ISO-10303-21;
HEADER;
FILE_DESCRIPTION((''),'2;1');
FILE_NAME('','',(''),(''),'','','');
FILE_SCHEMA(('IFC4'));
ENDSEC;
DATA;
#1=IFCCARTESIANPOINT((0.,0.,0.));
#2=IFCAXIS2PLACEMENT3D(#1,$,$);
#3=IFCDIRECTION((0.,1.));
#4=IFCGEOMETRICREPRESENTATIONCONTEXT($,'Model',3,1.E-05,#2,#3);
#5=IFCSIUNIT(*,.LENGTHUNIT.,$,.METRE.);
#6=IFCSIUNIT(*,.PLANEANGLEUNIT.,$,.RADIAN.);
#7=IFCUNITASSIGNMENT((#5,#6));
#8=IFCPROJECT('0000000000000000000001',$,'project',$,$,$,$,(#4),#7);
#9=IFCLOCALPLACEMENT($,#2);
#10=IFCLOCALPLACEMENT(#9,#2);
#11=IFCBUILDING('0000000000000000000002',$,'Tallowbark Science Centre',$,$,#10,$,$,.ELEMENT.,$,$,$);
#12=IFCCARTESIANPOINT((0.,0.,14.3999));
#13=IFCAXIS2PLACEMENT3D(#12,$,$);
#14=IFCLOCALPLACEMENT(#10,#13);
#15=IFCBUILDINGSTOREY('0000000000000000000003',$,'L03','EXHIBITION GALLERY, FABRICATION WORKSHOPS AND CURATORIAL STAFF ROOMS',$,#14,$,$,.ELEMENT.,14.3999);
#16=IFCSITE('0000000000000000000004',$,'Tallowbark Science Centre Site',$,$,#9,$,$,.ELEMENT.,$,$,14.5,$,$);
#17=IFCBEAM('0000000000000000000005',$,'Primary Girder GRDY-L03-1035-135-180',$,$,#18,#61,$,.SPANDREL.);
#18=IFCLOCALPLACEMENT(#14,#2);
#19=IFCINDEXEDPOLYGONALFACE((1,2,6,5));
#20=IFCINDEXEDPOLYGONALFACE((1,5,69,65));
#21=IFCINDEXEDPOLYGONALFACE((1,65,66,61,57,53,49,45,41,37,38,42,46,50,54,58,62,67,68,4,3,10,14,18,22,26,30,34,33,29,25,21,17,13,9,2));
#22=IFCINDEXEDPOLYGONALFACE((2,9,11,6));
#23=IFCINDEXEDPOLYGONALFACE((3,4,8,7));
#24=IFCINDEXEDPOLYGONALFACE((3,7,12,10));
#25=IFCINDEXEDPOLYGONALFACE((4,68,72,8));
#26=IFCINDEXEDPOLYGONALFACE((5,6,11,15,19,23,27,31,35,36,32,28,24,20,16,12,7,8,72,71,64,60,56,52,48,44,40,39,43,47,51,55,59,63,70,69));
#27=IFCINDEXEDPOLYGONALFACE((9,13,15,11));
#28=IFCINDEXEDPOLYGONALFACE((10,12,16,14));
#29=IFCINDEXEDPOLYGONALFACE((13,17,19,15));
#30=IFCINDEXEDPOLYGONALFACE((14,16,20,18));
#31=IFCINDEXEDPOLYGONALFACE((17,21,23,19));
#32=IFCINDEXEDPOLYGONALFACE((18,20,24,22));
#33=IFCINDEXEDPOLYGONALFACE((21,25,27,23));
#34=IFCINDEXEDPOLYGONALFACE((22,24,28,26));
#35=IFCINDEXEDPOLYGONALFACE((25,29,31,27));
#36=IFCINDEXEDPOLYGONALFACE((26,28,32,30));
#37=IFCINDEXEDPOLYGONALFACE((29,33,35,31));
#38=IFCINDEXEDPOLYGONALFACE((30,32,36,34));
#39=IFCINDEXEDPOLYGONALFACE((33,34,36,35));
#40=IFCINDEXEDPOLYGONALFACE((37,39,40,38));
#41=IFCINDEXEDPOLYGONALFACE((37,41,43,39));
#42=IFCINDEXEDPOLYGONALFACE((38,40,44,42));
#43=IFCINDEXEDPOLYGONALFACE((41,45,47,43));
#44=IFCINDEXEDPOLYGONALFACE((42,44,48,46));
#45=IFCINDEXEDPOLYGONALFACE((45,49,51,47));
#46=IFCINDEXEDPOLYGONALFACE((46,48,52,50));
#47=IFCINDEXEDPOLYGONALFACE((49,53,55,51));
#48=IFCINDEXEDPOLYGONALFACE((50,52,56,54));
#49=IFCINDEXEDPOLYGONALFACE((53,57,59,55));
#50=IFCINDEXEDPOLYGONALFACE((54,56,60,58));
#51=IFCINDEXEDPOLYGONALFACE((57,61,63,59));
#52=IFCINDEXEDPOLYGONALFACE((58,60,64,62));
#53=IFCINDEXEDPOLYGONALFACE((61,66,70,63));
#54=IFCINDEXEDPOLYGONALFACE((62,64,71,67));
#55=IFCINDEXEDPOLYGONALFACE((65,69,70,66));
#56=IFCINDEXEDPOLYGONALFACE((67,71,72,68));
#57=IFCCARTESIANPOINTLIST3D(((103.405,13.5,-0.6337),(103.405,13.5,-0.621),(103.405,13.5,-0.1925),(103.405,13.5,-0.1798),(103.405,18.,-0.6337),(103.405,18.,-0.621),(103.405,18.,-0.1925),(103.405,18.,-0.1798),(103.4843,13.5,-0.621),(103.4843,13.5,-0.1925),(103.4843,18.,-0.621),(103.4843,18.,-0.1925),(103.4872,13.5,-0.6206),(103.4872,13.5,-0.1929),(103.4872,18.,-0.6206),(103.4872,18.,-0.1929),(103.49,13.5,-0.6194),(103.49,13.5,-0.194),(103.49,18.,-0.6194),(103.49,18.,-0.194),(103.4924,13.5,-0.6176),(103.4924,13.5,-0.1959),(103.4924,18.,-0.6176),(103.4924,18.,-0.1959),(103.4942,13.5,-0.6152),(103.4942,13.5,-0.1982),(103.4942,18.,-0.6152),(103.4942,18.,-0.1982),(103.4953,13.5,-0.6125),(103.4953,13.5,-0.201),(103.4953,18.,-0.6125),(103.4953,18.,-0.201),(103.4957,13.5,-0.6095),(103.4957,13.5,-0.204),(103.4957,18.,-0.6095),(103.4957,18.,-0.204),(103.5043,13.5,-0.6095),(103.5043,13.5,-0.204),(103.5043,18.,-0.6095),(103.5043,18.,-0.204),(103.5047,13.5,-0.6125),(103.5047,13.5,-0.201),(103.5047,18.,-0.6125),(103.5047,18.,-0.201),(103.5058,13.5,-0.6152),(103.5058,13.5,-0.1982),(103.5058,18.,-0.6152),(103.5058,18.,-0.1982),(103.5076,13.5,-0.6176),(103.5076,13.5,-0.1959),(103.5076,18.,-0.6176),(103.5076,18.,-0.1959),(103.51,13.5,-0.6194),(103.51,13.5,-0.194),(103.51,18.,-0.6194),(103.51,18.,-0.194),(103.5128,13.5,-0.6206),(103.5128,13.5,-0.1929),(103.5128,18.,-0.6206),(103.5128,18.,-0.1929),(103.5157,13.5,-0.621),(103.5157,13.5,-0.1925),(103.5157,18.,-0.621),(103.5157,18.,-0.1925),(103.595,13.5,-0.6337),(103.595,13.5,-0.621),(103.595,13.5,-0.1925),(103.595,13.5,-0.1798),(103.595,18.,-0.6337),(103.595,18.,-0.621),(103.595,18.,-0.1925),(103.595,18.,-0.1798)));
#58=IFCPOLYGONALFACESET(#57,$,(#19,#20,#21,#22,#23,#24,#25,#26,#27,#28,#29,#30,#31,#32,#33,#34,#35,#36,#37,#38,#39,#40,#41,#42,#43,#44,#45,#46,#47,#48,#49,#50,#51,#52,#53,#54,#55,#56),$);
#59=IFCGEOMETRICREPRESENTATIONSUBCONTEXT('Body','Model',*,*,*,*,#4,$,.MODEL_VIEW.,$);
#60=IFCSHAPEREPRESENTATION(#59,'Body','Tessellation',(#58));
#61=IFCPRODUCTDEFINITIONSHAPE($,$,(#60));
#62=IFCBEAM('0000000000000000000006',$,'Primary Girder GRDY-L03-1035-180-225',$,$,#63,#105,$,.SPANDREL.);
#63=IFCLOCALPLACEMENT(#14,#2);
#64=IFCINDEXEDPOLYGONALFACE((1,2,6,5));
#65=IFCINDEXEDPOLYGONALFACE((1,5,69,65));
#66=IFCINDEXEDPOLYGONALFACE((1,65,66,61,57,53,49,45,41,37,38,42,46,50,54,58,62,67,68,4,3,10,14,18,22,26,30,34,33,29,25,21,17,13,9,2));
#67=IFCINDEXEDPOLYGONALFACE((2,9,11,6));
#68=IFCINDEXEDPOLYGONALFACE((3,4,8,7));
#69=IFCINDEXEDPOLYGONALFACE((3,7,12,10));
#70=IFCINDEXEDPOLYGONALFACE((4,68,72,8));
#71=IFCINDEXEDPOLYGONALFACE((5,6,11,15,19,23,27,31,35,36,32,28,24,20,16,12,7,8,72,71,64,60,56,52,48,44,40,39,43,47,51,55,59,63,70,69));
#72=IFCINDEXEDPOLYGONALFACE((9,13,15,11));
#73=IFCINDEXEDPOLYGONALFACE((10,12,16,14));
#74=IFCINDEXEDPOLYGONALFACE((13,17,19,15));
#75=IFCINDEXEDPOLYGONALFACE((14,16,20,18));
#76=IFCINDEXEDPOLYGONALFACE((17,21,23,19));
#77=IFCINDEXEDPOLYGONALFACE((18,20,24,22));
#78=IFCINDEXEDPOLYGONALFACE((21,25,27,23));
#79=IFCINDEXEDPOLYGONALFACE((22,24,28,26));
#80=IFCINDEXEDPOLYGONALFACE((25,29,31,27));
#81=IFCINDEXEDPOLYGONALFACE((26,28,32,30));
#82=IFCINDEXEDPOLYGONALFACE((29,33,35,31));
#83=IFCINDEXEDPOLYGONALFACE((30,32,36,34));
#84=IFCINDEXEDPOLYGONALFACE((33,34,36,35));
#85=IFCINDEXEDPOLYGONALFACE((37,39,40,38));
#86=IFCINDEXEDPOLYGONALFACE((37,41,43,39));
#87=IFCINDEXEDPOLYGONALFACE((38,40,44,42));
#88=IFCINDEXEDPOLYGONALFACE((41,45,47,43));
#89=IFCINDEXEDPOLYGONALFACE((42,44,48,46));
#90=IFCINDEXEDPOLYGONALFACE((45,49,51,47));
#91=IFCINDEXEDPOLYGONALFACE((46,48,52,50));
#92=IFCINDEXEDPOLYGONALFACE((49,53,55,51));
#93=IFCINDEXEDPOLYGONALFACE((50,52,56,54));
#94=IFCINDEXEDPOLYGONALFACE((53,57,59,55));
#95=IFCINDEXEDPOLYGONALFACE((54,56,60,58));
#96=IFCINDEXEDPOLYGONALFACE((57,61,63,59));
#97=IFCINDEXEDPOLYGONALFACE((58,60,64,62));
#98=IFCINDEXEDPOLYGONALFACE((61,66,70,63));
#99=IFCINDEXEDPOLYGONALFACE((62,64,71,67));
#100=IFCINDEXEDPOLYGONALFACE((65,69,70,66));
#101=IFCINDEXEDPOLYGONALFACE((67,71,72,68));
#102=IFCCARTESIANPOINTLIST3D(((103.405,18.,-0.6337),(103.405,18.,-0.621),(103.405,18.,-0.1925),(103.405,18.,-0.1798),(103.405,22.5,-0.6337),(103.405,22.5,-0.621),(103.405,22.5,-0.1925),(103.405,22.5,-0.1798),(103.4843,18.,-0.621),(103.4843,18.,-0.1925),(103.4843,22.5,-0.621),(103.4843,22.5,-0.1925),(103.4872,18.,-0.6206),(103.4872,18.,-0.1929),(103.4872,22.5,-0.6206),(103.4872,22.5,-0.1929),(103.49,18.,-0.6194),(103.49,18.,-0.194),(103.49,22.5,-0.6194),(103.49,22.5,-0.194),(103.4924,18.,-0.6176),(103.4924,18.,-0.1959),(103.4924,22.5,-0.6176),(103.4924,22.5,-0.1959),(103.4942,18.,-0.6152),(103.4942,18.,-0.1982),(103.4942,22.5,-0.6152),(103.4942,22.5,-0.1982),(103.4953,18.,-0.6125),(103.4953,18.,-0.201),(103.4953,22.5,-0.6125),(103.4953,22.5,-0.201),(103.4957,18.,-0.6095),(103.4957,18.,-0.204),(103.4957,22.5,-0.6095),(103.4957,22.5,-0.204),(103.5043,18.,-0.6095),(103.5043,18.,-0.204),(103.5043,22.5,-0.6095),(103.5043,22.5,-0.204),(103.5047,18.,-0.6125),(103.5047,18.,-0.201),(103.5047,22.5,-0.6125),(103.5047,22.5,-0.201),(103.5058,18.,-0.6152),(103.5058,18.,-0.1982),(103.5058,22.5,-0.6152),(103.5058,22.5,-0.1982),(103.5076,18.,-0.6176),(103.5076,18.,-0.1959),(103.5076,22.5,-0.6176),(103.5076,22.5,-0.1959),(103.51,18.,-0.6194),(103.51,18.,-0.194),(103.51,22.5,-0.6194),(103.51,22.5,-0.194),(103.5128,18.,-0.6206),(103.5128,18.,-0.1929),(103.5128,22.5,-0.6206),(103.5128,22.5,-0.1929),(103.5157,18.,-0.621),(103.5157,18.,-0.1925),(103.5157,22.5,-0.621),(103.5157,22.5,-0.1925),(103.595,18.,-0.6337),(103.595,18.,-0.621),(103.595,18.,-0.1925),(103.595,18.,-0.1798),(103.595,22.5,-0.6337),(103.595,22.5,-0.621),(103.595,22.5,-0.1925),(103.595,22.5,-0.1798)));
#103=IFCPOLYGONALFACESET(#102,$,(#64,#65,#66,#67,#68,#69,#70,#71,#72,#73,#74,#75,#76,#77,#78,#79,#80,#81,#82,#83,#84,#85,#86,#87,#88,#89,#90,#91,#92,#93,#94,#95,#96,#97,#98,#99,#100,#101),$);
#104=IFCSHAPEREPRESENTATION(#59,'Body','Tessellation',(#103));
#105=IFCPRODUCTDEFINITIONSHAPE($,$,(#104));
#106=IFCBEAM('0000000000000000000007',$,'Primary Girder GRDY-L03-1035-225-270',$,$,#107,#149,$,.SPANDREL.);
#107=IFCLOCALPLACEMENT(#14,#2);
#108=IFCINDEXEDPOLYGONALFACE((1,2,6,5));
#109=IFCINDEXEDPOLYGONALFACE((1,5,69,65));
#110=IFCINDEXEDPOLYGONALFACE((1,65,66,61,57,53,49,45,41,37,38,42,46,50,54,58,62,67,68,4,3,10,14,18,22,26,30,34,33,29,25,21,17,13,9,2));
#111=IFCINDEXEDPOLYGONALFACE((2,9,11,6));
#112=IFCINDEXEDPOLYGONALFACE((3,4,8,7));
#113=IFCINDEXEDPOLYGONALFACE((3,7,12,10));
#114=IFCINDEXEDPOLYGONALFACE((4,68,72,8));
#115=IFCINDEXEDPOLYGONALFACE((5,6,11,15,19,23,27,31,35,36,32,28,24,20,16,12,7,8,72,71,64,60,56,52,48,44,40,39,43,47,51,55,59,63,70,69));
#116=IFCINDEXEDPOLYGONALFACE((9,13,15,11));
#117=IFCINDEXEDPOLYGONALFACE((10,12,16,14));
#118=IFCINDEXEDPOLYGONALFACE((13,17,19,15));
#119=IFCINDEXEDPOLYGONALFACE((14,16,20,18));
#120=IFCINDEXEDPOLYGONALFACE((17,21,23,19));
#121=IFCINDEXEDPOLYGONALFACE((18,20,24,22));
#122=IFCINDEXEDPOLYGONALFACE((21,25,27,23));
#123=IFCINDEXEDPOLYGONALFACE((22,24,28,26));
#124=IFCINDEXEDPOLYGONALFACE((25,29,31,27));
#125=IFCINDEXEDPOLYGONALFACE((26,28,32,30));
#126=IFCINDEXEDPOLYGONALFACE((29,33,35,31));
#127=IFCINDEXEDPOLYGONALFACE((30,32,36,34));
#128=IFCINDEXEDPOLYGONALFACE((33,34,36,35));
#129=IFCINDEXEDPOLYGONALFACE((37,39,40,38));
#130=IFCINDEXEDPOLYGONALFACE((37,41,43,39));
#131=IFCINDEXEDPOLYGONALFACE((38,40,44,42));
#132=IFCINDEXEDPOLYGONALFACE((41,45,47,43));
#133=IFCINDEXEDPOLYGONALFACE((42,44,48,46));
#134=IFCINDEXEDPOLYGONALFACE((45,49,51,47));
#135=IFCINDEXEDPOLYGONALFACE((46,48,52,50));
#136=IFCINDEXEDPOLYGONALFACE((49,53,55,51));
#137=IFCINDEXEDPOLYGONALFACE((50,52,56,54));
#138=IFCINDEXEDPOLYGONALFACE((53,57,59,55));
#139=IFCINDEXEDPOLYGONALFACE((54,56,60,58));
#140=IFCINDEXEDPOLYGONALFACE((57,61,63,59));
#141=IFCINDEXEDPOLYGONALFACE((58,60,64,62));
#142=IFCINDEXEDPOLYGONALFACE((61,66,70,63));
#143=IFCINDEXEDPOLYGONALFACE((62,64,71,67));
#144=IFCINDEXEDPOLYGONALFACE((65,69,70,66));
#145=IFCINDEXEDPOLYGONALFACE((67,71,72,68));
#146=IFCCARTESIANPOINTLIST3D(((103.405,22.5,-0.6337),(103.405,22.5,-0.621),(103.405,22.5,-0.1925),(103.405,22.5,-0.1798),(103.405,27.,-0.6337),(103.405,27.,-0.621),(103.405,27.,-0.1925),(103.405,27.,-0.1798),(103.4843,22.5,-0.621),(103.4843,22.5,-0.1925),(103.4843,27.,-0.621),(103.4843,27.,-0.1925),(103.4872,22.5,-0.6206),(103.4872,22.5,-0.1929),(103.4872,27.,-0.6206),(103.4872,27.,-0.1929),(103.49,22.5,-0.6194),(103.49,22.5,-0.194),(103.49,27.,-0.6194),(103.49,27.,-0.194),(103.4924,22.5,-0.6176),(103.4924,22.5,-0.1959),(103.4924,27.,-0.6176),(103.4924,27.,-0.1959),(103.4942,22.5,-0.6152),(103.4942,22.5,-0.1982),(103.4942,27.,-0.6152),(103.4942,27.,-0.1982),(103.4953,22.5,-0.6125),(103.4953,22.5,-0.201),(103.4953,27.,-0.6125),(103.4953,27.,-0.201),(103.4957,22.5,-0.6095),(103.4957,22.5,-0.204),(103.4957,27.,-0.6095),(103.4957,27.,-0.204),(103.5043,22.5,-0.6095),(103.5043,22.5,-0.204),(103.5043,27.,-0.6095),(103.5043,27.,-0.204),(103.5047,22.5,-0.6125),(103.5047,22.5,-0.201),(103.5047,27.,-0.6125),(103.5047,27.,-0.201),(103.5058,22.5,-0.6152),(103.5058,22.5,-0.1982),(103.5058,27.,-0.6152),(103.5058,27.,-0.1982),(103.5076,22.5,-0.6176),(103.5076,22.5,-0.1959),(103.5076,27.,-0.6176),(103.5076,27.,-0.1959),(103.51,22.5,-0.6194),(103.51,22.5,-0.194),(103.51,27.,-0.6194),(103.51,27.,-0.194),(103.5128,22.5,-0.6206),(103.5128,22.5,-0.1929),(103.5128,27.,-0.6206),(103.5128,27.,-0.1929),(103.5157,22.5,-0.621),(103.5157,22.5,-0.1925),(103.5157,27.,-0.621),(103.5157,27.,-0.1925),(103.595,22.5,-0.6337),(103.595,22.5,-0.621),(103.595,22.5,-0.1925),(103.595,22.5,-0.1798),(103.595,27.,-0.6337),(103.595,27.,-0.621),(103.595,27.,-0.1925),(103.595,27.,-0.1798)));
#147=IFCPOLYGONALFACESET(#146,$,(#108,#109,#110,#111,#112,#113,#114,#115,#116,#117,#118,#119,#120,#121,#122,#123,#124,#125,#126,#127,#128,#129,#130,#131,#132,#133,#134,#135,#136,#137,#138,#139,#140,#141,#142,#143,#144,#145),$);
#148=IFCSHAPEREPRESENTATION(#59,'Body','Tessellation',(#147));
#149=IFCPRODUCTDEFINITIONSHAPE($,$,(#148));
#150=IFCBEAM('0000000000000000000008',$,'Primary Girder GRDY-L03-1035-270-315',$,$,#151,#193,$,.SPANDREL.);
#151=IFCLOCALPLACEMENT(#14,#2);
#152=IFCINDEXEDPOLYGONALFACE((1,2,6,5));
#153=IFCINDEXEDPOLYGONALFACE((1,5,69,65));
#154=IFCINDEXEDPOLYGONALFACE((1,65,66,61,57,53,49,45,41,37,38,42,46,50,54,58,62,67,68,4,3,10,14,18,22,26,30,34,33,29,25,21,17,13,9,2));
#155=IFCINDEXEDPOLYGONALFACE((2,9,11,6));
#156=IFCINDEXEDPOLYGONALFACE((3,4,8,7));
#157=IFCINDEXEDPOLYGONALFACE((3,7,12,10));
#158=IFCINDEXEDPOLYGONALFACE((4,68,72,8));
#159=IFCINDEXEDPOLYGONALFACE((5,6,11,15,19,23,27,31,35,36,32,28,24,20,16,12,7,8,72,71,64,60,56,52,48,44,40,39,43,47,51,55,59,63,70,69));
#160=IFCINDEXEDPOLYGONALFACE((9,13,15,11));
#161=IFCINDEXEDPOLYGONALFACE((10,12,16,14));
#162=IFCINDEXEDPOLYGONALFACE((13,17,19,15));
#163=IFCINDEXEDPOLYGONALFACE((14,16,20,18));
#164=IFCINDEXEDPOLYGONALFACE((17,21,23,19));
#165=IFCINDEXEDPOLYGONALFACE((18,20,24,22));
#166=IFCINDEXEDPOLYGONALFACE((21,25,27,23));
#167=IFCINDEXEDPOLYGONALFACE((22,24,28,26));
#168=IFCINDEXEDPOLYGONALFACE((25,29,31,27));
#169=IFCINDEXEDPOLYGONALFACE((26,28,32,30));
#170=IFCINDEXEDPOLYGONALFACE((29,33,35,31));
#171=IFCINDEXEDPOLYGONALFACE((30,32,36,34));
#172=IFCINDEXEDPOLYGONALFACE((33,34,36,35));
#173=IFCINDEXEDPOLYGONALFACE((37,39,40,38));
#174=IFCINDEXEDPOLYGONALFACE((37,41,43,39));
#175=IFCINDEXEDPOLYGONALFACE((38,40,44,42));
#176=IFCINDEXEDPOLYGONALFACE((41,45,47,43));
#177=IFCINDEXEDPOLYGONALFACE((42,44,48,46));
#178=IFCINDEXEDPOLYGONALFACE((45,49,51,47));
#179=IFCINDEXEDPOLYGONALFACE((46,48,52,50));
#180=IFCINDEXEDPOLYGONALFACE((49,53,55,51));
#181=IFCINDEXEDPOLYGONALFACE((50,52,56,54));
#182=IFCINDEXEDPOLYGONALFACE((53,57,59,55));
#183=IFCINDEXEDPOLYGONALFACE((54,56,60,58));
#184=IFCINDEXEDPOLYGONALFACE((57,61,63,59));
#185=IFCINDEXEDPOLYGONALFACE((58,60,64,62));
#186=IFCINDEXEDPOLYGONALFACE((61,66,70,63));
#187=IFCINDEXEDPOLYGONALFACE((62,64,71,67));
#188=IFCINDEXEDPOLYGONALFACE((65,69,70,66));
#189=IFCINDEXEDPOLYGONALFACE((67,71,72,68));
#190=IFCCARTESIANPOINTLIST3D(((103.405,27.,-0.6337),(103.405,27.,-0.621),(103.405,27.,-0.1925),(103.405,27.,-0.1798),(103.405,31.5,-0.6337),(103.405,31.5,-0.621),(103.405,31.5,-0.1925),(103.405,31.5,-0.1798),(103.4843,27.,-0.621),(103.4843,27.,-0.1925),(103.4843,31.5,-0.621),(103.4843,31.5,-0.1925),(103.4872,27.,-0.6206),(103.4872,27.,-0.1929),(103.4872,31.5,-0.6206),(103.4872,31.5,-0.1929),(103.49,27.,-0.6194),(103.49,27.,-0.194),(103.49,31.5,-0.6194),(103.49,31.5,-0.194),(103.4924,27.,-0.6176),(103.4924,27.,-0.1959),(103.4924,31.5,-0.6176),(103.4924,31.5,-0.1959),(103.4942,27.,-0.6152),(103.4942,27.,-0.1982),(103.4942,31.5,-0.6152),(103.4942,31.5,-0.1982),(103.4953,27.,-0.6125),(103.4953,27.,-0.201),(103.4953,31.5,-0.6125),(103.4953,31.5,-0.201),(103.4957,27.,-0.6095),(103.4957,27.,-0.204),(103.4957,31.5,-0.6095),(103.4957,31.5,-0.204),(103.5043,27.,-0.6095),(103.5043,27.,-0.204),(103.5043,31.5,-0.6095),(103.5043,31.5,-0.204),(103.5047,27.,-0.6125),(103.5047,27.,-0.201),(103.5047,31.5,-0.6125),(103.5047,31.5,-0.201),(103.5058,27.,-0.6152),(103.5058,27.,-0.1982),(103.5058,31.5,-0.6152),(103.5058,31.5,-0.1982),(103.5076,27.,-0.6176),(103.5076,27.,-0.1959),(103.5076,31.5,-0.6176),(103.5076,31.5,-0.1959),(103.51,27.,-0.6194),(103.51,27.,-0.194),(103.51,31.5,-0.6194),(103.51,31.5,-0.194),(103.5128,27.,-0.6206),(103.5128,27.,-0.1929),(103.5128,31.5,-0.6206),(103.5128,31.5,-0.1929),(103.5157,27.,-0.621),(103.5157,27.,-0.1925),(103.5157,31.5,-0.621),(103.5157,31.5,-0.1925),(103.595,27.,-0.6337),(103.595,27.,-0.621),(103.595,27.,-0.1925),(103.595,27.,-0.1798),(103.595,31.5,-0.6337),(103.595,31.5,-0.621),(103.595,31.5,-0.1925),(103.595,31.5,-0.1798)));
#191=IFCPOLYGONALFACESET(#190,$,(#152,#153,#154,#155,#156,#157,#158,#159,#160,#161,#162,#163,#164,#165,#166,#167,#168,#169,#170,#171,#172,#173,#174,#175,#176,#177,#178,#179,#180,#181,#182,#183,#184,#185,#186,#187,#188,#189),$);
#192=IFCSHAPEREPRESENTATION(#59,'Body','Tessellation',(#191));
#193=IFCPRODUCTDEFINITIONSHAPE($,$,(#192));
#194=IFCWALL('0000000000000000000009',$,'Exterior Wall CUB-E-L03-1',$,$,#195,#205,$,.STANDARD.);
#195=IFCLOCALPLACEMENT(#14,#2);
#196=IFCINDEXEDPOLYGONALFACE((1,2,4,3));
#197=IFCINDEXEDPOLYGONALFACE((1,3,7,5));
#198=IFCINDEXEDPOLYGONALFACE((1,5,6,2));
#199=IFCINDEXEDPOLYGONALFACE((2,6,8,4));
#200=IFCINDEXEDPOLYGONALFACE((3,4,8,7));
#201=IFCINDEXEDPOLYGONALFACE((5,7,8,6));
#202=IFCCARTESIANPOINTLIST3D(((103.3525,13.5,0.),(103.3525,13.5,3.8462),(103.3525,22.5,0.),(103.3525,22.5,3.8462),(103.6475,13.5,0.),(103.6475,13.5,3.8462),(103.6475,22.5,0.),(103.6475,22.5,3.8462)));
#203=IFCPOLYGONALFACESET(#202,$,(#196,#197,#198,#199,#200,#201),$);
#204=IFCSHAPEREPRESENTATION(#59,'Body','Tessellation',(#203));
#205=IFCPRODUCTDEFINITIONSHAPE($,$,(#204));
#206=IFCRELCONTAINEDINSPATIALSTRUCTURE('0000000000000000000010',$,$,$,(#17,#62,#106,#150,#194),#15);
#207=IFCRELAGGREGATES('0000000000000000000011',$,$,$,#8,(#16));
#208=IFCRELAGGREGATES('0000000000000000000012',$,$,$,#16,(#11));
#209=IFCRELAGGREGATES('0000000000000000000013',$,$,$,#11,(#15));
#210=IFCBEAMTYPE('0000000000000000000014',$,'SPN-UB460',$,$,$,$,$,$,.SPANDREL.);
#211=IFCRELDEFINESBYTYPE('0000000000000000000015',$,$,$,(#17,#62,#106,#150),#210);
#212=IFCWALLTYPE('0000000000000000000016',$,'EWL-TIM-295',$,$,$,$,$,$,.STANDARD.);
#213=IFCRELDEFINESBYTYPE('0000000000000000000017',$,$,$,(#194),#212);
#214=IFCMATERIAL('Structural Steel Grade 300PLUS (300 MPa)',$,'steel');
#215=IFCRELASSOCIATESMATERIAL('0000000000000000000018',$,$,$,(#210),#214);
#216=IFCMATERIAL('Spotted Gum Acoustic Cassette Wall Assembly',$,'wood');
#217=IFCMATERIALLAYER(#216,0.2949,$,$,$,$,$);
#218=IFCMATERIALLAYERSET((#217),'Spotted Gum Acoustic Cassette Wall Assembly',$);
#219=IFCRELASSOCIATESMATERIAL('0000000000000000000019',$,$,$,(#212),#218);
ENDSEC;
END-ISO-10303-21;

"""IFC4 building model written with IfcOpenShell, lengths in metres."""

from ifc_helpers import new_model, si_unit, direction, frame, frame_2d, origin, origin_2d, place, context, subcontext, project, spatial, rectangle, i_section, extrude, material, layer, layer_set, material_profile, profile_set, type_object, element, save


model = new_model("IFC4")

# Units and contexts
model_context = context("Model", 3, precision=1e-05, world=origin(), true_north=direction((0.0, 1.0)))
body_context = subcontext(model_context, "Body", "Model", "MODEL_VIEW")
ifc_project = project(units=[si_unit("LENGTHUNIT", "METRE"), si_unit("PLANEANGLEUNIT", "RADIAN")], contexts=[model_context])

# Site, building, storey
site_placement = place(None, origin())
site = spatial("IfcSite", under=ifc_project, at=site_placement, Name="Tallowbark Science Centre Site", CompositionType="ELEMENT", RefElevation=14.5)
building_placement = place(site_placement, origin())
building = spatial("IfcBuilding", under=site, at=building_placement, Name="Tallowbark Science Centre", CompositionType="ELEMENT")
storey_placement = place(building_placement, frame((0.0, 0.0, 14.3999)))
storey = spatial("IfcBuildingStorey", under=building, at=storey_placement, Name="L03", Description="EXHIBITION GALLERY, FABRICATION WORKSHOPS AND CURATORIAL STAFF ROOMS", CompositionType="ELEMENT", Elevation=14.3999)

# Shared definitions
ifc_material_1 = material(Name="Structural Steel Grade 300PLUS (300 MPa)", Category="steel")

# Beams
ifc_material_profile_1 = material_profile(ifc_material_1, i_section(OverallWidth=0.1899, OverallDepth=0.4539, WebThickness=0.0085, FlangeThickness=0.0127, FilletRadius=0.0115, at=origin_2d()), Name="460UB67.1")
ifc_profile_set_1 = profile_set([ifc_material_profile_1], Name="Structural Steel Grade 300PLUS (300 MPa)")
beam_type_1 = type_object("IfcBeamType", Name="SPN-UB460", PredefinedType="SPANDREL", material=ifc_profile_set_1)
for number, where, z_axis, x_axis, name in (
    (1, (103.5, 13.5, -0.4067), (0.0, 1.0, 0.0), (-1.0, 0.0, 0.0), "Primary Girder GRDY-L03-1035-135-180"),
    (2, (103.5, 18.0, -0.4067), (0.0, 1.0, 0.0), (-1.0, 0.0, 0.0), "Primary Girder GRDY-L03-1035-180-225"),
    (3, (103.5, 22.5, -0.4067), (0.0, 1.0, 0.0), (-1.0, 0.0, 0.0), "Primary Girder GRDY-L03-1035-225-270"),
    (4, (103.5, 27.0, -0.4067), (0.0, 1.0, 0.0), (-1.0, 0.0, 0.0), "Primary Girder GRDY-L03-1035-270-315"),
):
    element("IfcBeam", number, at=place(storey_placement, frame(where, z_axis=z_axis, x_axis=x_axis)), inside=storey, type_object=beam_type_1, Name=name, PredefinedType="SPANDREL", context=body_context, shape_type="SweptSolid", body=[
        extrude(i_section(OverallWidth=0.1899, OverallDepth=0.4539, WebThickness=0.0085, FlangeThickness=0.0127, FilletRadius=0.0115, at=origin_2d()), origin(), (0.0, 0.0, 1.0), 4.5),
    ])

# Wall
ifc_material_2 = material(Name="Spotted Gum Acoustic Cassette Wall Assembly", Category="wood")
ifc_layer_1 = layer(ifc_material_2, 0.2949)
ifc_layer_set_1 = layer_set([ifc_layer_1], Name="Spotted Gum Acoustic Cassette Wall Assembly")
wall_type_1 = type_object("IfcWallType", Name="EWL-TIM-295", PredefinedType="STANDARD", material=ifc_layer_set_1)
for number, where, z_axis, x_axis, name in (
    (5, (103.5, 13.5, 0.0), (0.0, 0.0, 1.0), (0.0, 1.0, 0.0), "Exterior Wall CUB-E-L03-1"),
):
    element("IfcWall", number, at=place(storey_placement, frame(where, z_axis=z_axis, x_axis=x_axis)), inside=storey, type_object=wall_type_1, Name=name, PredefinedType="STANDARD", context=body_context, shape_type="SweptSolid", body=[
        extrude(rectangle(XDim=9.0, YDim=0.2949, at=frame_2d((4.5, 0.0))), origin(), (0.0, 0.0, 1.0), 3.8462),
    ])

save(model, "model.ifc")
